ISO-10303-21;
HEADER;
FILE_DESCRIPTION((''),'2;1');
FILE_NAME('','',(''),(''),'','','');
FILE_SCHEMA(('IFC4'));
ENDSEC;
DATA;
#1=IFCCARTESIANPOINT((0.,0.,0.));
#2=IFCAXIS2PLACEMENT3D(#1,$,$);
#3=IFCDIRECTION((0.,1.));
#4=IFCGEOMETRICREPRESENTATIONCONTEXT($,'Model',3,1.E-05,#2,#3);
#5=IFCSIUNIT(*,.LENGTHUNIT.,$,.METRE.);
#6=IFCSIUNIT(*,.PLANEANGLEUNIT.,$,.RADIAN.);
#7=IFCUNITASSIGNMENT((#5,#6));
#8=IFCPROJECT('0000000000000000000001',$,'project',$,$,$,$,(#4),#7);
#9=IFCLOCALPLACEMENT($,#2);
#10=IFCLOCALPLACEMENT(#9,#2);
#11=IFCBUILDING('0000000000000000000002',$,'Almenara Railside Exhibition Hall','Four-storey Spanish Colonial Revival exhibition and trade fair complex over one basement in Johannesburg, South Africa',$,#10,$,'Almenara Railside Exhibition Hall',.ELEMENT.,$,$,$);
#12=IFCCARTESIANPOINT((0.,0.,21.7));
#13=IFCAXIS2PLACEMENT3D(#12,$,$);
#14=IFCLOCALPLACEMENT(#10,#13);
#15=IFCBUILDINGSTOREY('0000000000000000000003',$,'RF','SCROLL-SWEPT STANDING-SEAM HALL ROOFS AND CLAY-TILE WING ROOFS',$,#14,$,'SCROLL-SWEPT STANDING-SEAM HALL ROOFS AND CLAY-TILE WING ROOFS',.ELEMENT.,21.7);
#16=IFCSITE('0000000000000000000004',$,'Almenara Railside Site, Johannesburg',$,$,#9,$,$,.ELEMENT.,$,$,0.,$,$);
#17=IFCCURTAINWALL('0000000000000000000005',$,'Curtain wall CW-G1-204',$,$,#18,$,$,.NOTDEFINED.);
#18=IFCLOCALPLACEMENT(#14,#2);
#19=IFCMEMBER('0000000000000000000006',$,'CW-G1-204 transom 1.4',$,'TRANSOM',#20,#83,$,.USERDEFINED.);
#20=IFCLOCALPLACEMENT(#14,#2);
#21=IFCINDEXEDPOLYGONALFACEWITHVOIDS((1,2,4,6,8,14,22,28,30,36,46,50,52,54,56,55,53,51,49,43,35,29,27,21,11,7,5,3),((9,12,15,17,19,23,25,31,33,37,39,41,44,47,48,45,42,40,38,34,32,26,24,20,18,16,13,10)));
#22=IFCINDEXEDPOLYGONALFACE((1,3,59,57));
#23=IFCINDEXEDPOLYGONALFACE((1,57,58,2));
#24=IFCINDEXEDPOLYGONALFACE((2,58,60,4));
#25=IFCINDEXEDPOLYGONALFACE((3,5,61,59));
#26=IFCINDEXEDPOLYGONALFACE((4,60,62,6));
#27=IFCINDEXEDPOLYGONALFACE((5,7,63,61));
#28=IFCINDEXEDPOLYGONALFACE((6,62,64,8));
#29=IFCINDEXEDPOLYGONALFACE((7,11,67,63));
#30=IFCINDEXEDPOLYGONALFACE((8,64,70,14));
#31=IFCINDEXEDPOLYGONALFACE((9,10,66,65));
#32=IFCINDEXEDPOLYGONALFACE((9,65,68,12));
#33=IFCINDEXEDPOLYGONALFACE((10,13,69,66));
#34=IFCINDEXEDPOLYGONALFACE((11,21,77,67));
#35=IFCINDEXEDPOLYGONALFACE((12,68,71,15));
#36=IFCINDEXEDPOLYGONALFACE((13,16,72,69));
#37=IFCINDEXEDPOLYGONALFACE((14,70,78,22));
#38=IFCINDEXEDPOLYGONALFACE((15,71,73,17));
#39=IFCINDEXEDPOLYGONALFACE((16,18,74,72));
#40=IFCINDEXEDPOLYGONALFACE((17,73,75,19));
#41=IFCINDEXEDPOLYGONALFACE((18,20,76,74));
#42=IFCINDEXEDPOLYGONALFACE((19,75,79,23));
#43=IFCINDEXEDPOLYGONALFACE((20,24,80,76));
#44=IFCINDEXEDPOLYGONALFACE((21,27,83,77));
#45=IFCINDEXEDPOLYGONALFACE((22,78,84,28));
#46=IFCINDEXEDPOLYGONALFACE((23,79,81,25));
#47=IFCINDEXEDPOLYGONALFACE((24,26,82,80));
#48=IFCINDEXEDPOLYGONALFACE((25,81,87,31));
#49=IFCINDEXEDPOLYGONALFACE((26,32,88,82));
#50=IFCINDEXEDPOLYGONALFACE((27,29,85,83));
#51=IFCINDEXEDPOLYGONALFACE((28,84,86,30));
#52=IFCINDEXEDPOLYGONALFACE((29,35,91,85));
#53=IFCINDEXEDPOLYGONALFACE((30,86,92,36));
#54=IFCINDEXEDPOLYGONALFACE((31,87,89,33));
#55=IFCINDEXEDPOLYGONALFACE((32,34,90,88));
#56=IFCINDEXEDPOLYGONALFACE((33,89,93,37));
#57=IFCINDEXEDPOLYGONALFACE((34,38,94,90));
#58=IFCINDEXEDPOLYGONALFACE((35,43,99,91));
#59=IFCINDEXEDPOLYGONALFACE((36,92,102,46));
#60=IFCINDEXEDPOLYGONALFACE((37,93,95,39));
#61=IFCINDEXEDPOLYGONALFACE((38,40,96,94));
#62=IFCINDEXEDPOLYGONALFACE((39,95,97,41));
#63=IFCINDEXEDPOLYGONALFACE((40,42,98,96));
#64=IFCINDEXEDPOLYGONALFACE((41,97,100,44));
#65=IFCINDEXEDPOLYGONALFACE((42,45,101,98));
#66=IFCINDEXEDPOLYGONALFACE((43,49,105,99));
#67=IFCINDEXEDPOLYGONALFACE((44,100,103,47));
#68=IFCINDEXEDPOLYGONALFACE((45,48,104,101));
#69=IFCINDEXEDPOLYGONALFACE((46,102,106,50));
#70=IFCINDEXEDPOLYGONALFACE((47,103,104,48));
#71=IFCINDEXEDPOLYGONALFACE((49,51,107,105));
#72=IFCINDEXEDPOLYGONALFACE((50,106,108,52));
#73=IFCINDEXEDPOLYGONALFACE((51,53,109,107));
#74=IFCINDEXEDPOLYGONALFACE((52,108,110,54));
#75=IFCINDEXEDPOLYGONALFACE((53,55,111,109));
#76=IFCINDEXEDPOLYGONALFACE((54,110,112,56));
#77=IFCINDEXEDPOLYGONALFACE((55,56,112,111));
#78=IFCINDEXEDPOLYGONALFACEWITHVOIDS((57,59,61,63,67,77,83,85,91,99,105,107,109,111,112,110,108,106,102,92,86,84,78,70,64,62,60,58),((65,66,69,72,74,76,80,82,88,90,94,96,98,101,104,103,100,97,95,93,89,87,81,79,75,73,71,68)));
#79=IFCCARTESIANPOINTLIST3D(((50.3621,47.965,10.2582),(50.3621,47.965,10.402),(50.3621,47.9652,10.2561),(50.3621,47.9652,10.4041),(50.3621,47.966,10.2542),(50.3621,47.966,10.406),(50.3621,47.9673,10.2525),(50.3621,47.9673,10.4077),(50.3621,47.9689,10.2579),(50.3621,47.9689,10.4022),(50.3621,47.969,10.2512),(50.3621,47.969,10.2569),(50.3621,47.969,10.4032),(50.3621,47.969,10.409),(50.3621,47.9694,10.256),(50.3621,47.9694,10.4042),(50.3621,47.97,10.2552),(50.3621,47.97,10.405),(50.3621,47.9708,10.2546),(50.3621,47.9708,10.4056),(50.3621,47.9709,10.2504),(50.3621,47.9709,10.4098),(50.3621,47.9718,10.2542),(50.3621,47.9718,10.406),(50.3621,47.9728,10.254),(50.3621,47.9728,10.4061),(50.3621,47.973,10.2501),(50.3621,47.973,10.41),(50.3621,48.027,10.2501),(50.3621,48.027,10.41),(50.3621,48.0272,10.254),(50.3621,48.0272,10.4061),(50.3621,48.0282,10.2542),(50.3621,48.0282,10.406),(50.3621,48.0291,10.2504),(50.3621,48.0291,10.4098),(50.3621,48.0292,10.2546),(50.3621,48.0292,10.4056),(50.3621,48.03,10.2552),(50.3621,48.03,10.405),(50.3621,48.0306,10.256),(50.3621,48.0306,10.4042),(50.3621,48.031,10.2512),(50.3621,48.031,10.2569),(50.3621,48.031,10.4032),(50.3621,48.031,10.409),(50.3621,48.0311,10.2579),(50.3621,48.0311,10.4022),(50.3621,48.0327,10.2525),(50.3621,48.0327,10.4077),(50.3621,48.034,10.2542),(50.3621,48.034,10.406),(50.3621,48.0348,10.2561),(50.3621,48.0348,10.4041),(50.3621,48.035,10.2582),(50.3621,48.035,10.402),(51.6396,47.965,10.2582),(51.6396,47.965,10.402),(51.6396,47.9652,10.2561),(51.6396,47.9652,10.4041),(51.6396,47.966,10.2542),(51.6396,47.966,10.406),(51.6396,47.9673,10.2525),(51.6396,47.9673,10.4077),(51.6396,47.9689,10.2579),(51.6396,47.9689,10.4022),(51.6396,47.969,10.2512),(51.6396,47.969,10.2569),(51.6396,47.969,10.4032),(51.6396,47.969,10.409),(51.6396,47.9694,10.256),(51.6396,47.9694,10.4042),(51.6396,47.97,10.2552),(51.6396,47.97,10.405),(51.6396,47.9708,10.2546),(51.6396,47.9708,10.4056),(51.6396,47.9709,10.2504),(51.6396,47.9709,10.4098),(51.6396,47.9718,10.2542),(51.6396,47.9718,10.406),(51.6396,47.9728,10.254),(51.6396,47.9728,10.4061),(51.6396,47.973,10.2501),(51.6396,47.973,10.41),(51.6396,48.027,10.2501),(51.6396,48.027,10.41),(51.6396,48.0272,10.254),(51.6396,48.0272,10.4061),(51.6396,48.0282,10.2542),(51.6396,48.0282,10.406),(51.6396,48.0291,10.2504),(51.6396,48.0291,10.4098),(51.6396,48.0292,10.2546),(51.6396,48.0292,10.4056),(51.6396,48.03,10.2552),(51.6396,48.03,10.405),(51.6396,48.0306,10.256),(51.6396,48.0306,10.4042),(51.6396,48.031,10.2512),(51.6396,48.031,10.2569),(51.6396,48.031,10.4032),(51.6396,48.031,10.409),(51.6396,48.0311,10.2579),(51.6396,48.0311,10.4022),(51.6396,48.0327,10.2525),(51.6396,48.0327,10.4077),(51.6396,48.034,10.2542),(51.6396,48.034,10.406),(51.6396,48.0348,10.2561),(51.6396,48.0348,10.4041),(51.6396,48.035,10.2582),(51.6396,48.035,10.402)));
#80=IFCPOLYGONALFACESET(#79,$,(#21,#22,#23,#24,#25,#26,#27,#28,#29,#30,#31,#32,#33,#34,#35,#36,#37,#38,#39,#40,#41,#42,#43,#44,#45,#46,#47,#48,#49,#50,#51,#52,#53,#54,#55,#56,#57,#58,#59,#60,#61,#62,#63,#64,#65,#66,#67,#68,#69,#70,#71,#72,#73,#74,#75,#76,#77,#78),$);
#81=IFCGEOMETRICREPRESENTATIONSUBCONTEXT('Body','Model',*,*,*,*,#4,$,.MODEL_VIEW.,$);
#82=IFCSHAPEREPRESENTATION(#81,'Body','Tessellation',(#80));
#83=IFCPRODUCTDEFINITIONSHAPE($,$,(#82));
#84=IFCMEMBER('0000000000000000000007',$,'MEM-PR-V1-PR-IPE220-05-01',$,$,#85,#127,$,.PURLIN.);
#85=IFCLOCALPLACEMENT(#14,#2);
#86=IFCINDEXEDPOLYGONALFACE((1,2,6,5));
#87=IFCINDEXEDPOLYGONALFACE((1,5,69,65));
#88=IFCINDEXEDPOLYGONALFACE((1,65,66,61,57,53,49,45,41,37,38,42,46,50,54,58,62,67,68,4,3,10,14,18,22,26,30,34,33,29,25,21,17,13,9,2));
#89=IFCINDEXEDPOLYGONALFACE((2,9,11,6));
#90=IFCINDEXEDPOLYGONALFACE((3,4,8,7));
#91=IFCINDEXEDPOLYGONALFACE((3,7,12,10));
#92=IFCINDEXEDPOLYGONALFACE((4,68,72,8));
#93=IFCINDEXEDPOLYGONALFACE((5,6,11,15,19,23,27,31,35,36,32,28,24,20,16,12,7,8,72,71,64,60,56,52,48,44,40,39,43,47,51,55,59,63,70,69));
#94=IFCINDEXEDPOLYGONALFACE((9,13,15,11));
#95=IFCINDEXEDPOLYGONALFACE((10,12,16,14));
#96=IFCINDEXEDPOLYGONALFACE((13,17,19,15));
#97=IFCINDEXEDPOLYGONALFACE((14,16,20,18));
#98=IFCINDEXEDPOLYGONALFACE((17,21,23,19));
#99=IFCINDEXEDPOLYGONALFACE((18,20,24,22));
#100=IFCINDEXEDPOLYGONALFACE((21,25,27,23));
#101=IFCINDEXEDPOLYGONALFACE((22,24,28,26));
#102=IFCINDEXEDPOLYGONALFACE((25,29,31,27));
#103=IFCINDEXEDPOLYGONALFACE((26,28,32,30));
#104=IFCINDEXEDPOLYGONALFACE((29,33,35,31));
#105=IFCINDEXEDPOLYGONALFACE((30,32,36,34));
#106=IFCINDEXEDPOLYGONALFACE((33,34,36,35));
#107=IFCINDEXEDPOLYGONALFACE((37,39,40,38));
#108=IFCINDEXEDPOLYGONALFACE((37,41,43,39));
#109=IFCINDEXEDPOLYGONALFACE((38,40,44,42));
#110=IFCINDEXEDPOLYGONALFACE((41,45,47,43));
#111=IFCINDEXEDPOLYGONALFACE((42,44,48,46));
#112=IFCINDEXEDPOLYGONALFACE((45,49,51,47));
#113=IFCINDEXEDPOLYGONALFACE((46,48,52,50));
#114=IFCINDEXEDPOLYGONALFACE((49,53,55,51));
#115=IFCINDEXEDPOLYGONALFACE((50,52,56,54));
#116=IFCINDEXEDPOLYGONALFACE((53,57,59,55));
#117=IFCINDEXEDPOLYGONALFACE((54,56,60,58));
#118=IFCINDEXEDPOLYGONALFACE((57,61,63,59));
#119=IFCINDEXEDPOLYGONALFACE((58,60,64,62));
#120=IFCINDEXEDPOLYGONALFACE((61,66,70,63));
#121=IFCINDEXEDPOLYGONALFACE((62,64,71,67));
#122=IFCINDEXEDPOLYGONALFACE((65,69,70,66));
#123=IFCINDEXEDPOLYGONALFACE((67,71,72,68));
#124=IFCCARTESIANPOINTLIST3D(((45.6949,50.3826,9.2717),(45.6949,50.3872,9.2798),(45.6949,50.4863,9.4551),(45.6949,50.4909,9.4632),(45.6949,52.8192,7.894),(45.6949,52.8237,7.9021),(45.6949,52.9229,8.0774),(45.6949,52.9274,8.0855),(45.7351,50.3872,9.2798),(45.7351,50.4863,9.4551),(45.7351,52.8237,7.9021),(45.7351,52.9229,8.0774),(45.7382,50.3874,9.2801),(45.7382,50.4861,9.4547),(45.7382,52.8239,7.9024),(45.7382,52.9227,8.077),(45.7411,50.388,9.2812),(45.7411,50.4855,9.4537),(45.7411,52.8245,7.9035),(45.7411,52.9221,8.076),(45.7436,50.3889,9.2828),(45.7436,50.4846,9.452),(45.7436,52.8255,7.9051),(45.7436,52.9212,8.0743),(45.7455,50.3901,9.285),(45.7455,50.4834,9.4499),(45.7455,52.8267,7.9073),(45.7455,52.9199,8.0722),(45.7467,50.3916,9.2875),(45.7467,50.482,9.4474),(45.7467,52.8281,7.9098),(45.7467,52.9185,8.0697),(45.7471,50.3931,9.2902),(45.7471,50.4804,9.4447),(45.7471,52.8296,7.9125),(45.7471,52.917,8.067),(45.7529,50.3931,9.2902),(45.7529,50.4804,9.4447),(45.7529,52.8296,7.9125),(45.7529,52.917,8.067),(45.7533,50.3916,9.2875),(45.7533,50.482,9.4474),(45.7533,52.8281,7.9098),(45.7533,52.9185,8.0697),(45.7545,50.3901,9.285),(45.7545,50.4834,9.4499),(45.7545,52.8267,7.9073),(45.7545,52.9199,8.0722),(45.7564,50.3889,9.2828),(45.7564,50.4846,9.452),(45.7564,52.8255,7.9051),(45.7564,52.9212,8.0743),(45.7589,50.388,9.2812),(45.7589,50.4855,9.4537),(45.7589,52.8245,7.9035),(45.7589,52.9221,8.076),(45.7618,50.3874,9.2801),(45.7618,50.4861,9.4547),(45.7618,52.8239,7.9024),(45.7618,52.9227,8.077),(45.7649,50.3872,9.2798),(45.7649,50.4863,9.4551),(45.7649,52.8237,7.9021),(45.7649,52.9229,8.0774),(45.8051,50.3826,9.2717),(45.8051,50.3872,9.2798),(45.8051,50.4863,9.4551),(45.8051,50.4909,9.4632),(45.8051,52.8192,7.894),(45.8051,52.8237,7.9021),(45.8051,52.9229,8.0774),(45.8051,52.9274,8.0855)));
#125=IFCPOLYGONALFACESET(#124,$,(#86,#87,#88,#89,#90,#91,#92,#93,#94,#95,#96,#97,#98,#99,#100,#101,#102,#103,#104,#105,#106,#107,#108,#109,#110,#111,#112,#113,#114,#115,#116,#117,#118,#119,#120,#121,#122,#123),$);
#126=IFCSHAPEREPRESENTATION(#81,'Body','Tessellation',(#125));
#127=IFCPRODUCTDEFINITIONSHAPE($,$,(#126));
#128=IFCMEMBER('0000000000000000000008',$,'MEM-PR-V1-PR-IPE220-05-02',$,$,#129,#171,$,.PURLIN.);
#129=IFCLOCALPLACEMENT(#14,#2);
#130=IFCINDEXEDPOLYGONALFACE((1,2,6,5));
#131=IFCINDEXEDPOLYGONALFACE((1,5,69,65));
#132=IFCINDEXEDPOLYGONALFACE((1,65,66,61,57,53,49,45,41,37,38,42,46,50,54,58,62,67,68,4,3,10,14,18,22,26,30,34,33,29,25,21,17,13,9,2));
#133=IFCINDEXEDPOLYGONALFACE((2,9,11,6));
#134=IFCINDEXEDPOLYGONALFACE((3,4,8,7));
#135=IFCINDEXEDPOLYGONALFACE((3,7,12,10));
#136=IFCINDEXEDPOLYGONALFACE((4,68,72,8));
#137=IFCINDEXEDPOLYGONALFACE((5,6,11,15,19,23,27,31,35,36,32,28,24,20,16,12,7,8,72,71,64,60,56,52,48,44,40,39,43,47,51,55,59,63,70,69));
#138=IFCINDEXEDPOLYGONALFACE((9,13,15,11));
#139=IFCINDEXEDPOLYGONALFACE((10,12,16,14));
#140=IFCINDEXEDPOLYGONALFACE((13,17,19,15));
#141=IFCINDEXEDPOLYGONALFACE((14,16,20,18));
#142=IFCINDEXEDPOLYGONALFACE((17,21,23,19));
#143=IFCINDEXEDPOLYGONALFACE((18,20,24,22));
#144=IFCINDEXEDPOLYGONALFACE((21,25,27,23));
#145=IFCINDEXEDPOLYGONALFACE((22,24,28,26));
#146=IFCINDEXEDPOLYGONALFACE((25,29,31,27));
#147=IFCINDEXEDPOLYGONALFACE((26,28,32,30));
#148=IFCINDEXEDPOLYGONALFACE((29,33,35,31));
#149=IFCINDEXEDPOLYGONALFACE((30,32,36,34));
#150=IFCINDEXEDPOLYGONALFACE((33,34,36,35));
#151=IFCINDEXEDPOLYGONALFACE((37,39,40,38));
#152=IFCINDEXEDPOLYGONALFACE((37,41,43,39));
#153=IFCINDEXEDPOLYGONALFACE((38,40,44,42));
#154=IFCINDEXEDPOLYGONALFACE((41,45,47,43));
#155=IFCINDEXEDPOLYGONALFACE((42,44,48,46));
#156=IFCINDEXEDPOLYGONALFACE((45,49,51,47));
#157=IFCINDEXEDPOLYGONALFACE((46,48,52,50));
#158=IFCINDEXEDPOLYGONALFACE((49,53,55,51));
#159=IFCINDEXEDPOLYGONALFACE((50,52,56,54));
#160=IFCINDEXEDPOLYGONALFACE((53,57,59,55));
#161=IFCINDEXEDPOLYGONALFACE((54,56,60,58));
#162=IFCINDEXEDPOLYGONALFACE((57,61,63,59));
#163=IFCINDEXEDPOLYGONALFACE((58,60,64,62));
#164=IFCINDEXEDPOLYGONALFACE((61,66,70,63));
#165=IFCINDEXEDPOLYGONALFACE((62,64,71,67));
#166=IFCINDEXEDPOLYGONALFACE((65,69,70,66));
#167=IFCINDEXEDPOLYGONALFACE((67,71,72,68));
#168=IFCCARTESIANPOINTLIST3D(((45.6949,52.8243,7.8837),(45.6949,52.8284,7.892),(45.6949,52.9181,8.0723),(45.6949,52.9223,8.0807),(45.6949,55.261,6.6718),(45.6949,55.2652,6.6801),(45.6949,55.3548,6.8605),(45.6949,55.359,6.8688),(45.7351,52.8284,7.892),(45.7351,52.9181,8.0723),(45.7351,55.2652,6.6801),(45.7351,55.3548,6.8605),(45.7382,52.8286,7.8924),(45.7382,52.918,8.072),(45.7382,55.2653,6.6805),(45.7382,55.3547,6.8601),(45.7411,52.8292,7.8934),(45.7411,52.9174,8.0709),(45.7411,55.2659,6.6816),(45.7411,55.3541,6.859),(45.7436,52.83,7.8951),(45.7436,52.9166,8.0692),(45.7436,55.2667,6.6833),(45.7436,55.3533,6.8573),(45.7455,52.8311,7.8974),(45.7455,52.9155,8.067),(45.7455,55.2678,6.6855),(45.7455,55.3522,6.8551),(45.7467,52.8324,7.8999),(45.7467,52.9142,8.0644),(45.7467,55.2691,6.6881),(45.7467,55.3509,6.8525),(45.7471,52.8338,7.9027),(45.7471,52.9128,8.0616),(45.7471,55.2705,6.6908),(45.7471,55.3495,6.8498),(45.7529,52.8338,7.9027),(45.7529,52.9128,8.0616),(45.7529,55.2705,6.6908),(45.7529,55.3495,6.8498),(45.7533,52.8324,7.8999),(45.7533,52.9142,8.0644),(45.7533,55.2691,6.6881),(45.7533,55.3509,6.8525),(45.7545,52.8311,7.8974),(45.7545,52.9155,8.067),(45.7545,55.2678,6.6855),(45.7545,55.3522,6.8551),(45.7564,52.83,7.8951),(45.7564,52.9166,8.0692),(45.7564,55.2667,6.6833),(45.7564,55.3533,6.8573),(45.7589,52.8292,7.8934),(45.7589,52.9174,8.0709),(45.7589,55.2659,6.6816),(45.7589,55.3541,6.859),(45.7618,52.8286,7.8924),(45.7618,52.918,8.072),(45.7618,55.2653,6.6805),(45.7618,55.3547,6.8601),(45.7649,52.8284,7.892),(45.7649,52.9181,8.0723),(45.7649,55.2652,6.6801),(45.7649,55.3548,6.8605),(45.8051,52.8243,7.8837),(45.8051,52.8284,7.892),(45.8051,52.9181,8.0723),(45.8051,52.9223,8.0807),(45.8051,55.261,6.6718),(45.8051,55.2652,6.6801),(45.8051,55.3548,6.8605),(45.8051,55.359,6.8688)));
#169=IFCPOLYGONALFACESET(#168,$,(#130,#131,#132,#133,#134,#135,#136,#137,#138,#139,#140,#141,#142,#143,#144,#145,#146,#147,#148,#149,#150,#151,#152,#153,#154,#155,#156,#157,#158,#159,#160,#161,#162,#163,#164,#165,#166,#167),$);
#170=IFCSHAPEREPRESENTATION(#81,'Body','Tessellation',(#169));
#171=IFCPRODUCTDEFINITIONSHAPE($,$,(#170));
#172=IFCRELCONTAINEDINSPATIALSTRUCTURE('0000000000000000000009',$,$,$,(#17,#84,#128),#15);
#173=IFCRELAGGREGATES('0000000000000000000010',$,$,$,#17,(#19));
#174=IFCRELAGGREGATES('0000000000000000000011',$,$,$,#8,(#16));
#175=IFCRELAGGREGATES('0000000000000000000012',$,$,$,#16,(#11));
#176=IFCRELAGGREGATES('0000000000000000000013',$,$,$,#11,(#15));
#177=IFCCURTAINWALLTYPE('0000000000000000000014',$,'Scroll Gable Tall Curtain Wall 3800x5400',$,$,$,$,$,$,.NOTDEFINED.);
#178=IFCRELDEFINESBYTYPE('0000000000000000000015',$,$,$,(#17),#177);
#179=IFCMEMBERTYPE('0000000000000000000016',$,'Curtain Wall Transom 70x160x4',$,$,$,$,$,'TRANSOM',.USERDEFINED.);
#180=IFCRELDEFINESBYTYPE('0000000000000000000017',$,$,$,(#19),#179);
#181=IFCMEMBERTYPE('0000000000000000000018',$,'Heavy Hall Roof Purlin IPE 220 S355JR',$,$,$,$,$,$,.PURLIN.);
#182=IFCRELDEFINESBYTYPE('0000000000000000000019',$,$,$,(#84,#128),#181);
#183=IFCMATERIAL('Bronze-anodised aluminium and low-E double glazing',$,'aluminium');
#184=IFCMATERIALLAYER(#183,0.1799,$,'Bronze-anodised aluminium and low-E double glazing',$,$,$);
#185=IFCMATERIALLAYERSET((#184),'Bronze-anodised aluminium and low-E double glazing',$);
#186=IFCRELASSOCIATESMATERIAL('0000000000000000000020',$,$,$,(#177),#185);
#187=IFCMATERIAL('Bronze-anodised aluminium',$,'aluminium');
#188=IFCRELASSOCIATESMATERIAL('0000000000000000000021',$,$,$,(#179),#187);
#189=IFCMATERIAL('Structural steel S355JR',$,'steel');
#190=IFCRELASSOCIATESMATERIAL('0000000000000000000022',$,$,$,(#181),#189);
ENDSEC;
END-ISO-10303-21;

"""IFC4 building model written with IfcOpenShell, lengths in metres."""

from ifc_helpers import new_model, si_unit, direction, frame, origin, origin_2d, place, context, subcontext, project, spatial, hollow_rectangle, i_section, extrude, material, layer, layer_set, material_profile, profile_set, type_object, element, aggregate, save


model = new_model("IFC4")

# Units and contexts
model_context = context("Model", 3, precision=1e-05, world=origin(), true_north=direction((0.0, 1.0)))
body_context = subcontext(model_context, "Body", "Model", "MODEL_VIEW")
ifc_project = project(units=[si_unit("LENGTHUNIT", "METRE"), si_unit("PLANEANGLEUNIT", "RADIAN")], contexts=[model_context])

# Site, building, storey
site_placement = place(None, origin())
site = spatial("IfcSite", under=ifc_project, at=site_placement, Name="Almenara Railside Site, Johannesburg", CompositionType="ELEMENT", RefElevation=0.0)
building_placement = place(site_placement, origin())
building = spatial("IfcBuilding", under=site, at=building_placement, Name="Almenara Railside Exhibition Hall", Description="Four-storey Spanish Colonial Revival exhibition and trade fair complex over one basement in Johannesburg, South Africa", LongName="Almenara Railside Exhibition Hall", CompositionType="ELEMENT")
storey_placement = place(building_placement, frame((0.0, 0.0, 21.7)))
storey = spatial("IfcBuildingStorey", under=building, at=storey_placement, Name="RF", Description="SCROLL-SWEPT STANDING-SEAM HALL ROOFS AND CLAY-TILE WING ROOFS", LongName="SCROLL-SWEPT STANDING-SEAM HALL ROOFS AND CLAY-TILE WING ROOFS", CompositionType="ELEMENT", Elevation=21.7)

# Shared definitions
ifc_material_1 = material(Name="Structural steel S355JR", Category="steel")

# Shared definitions
ifc_material_2 = material(Name="Bronze-anodised aluminium and low-E double glazing", Category="aluminium")
ifc_layer_1 = layer(ifc_material_2, 0.1799, Name="Bronze-anodised aluminium and low-E double glazing")
ifc_layer_set_1 = layer_set([ifc_layer_1], Name="Bronze-anodised aluminium and low-E double glazing")
curtain_wall_type = type_object("IfcCurtainWallType", Name="Scroll Gable Tall Curtain Wall 3800x5400", PredefinedType="NOTDEFINED", material=ifc_layer_set_1)
ifc_material_3 = material(Name="Bronze-anodised aluminium", Category="aluminium")

# Curtain wall
curtain_wall_1_placement = place(storey_placement, origin())
curtain_wall_1 = element("IfcCurtainWall", 1, at=curtain_wall_1_placement, inside=storey, type_object=curtain_wall_type, Name="Curtain wall CW-G1-204", PredefinedType="NOTDEFINED")

# Member
ifc_material_profile_1 = material_profile(ifc_material_3, hollow_rectangle(XDim=0.0701, YDim=0.1599, WallThickness=0.0039, InnerFilletRadius=0.0039, OuterFilletRadius=0.0081, at=origin_2d()), Name="ALU-TRN 70x160x4")
ifc_profile_set_1 = profile_set([ifc_material_profile_1], Name="Bronze-anodised aluminium")
member_type_1 = type_object("IfcMemberType", Name="Curtain Wall Transom 70x160x4", ElementType="TRANSOM", PredefinedType="USERDEFINED", material=ifc_profile_set_1)
member_1_placement = place(storey_placement, frame((50.3621, 48.0, 10.3301), z_axis=(1.0, 0.0, 0.0), x_axis=(0.0, 1.0, 0.0)))
member_1 = element("IfcMember", 2, at=member_1_placement, type_object=member_type_1, Name="CW-G1-204 transom 1.4", ObjectType="TRANSOM", PredefinedType="USERDEFINED", context=body_context, shape_type="SweptSolid", body=[
    extrude(hollow_rectangle(XDim=0.0701, YDim=0.1599, WallThickness=0.0039, InnerFilletRadius=0.0039, OuterFilletRadius=0.0081, at=origin_2d()), origin(), (0.0, 0.0, 1.0), 1.2776),
])
aggregate(curtain_wall_1, [member_1])

# Members
ifc_material_profile_2 = material_profile(ifc_material_1, i_section(OverallWidth=0.1101, OverallDepth=0.22, WebThickness=0.0059, FlangeThickness=0.0093, FilletRadius=0.012, at=origin_2d()), Name="IPE 220")
ifc_profile_set_2 = profile_set([ifc_material_profile_2], Name="Structural steel S355JR")
member_type_2 = type_object("IfcMemberType", Name="Heavy Hall Roof Purlin IPE 220 S355JR", PredefinedType="PURLIN", material=ifc_profile_set_2)
member_2_placement = place(storey_placement, frame((45.75, 50.4368, 9.3674), z_axis=(0.0, 0.870483, -0.492198), x_axis=(-1.0, 0.0, 0.0)))
element("IfcMember", 3, at=member_2_placement, inside=storey, type_object=member_type_2, Name="MEM-PR-V1-PR-IPE220-05-01", PredefinedType="PURLIN", context=body_context, shape_type="SweptSolid", body=[
    extrude(i_section(OverallWidth=0.1101, OverallDepth=0.22, WebThickness=0.0059, FlangeThickness=0.0093, FilletRadius=0.012, at=origin_2d()), origin(), (0.0, 0.0, 1.0), 2.7991),
])
member_3_placement = place(storey_placement, frame((45.75, 52.8733, 7.9822), z_axis=(0.0, 0.895376, -0.445311), x_axis=(-1.0, 0.0, 0.0)))
element("IfcMember", 4, at=member_3_placement, inside=storey, type_object=member_type_2, Name="MEM-PR-V1-PR-IPE220-05-02", PredefinedType="PURLIN", context=body_context, shape_type="SweptSolid", body=[
    extrude(i_section(OverallWidth=0.1101, OverallDepth=0.22, WebThickness=0.0059, FlangeThickness=0.0093, FilletRadius=0.012, at=origin_2d()), origin(), (0.0, 0.0, 1.0), 2.7214),
])

save(model, "model.ifc")
